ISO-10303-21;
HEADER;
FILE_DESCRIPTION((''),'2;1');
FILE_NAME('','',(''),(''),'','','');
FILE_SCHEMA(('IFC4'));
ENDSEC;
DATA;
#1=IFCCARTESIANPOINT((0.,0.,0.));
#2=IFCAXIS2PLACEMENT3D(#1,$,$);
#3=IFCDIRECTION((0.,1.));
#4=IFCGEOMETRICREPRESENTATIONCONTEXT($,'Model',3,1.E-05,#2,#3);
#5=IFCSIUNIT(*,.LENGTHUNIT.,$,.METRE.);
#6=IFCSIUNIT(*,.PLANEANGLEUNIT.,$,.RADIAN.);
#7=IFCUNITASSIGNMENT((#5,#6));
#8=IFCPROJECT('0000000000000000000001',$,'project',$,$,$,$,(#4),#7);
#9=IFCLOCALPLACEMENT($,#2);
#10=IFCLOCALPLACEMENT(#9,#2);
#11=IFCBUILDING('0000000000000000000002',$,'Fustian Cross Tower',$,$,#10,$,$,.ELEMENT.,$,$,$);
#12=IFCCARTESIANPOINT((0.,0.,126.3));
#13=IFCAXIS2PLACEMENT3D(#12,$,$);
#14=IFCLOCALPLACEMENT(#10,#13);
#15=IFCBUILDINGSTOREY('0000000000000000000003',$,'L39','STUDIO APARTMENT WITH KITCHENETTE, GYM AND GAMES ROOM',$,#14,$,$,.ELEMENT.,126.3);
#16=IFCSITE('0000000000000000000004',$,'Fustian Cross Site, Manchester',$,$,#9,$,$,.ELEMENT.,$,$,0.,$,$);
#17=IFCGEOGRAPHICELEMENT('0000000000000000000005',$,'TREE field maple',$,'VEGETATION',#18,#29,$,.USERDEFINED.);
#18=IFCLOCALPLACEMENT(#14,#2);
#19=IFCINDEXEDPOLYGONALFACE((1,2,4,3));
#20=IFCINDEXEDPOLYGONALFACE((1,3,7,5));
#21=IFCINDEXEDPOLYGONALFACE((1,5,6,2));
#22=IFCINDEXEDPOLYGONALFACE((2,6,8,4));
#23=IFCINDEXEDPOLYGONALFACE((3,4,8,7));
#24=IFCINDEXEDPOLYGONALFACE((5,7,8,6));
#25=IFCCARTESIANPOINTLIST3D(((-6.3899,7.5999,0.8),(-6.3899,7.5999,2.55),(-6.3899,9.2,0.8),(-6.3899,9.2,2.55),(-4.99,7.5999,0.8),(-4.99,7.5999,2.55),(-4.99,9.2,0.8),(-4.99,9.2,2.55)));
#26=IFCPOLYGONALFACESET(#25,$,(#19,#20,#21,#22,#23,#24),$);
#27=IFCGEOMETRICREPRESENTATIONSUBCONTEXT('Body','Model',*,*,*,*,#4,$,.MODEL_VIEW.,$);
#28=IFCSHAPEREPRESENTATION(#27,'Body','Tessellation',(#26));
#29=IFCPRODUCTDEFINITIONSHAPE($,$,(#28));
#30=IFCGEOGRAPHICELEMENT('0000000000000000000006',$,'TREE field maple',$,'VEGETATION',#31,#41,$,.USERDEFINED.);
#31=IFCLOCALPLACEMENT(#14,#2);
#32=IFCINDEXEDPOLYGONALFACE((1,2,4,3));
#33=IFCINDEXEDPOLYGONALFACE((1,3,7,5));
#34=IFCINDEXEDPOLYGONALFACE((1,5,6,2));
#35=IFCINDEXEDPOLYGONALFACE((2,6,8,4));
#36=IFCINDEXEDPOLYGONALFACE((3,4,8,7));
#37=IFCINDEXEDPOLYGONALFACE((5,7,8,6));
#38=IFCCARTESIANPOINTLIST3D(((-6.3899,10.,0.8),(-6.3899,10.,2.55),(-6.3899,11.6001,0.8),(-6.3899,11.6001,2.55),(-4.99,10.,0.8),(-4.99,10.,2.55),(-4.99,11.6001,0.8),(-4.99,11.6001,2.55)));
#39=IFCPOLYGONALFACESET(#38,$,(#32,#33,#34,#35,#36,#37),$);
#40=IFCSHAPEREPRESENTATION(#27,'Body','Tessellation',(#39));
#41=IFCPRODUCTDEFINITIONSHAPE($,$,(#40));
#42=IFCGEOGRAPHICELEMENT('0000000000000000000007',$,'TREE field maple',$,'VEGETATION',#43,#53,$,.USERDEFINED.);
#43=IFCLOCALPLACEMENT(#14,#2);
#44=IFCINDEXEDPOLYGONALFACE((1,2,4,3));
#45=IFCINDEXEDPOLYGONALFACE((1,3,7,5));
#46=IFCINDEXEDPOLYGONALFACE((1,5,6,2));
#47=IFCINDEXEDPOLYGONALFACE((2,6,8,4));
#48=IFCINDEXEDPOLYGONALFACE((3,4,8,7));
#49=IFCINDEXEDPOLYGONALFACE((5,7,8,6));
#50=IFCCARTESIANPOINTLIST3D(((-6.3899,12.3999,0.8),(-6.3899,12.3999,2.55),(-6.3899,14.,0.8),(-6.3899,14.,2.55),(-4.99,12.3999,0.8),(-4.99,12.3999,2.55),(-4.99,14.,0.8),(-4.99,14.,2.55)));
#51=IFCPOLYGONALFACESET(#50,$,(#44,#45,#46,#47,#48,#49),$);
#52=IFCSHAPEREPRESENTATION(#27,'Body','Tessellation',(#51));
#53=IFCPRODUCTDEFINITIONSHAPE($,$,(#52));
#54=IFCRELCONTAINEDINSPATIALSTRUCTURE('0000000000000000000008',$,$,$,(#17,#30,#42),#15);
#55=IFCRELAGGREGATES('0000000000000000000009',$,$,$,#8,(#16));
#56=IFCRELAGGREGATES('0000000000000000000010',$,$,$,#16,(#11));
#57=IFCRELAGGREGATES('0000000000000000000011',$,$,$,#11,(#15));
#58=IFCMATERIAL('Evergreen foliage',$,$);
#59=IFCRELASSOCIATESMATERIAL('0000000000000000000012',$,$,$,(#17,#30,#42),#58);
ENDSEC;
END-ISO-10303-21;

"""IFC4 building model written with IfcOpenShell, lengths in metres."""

from ifc_helpers import new_model, si_unit, direction, frame, origin, origin_2d, place, context, subcontext, project, spatial, rectangle, extrude, material, element, save


model = new_model("IFC4")

# Units and contexts
model_context = context("Model", 3, precision=1e-05, world=origin(), true_north=direction((0.0, 1.0)))
body_context = subcontext(model_context, "Body", "Model", "MODEL_VIEW")
ifc_project = project(units=[si_unit("LENGTHUNIT", "METRE"), si_unit("PLANEANGLEUNIT", "RADIAN")], contexts=[model_context])

# Site, building, storey
site_placement = place(None, origin())
site = spatial("IfcSite", under=ifc_project, at=site_placement, Name="Fustian Cross Site, Manchester", CompositionType="ELEMENT", RefElevation=0.0)
building_placement = place(site_placement, origin())
building = spatial("IfcBuilding", under=site, at=building_placement, Name="Fustian Cross Tower", CompositionType="ELEMENT")
storey_placement = place(building_placement, frame((0.0, 0.0, 126.3)))
storey = spatial("IfcBuildingStorey", under=building, at=storey_placement, Name="L39", Description="STUDIO APARTMENT WITH KITCHENETTE, GYM AND GAMES ROOM", CompositionType="ELEMENT", Elevation=126.3)

# Geographic elements
ifc_material_1 = material(Name="Evergreen foliage")
for number, where, z_axis, x_axis, name in (
    (1, (-5.6899, 8.3999, 0.8), (0.0, 0.0, 1.0), (1.0, 0.0, 0.0), "TREE field maple"),
    (2, (-5.6899, 10.8, 0.8), (0.0, 0.0, 1.0), (1.0, 0.0, 0.0), "TREE field maple"),
    (3, (-5.6899, 13.2, 0.8), (0.0, 0.0, 1.0), (1.0, 0.0, 0.0), "TREE field maple"),
):
    element("IfcGeographicElement", number, at=place(storey_placement, frame(where, z_axis=z_axis, x_axis=x_axis)), inside=storey, material=ifc_material_1, Name=name, ObjectType="VEGETATION", PredefinedType="USERDEFINED", context=body_context, shape_type="SweptSolid", body=[
        extrude(rectangle(XDim=1.3999, YDim=1.6001, at=origin_2d()), origin(), (0.0, 0.0, 1.0), 1.75),
    ])

save(model, "model.ifc")
